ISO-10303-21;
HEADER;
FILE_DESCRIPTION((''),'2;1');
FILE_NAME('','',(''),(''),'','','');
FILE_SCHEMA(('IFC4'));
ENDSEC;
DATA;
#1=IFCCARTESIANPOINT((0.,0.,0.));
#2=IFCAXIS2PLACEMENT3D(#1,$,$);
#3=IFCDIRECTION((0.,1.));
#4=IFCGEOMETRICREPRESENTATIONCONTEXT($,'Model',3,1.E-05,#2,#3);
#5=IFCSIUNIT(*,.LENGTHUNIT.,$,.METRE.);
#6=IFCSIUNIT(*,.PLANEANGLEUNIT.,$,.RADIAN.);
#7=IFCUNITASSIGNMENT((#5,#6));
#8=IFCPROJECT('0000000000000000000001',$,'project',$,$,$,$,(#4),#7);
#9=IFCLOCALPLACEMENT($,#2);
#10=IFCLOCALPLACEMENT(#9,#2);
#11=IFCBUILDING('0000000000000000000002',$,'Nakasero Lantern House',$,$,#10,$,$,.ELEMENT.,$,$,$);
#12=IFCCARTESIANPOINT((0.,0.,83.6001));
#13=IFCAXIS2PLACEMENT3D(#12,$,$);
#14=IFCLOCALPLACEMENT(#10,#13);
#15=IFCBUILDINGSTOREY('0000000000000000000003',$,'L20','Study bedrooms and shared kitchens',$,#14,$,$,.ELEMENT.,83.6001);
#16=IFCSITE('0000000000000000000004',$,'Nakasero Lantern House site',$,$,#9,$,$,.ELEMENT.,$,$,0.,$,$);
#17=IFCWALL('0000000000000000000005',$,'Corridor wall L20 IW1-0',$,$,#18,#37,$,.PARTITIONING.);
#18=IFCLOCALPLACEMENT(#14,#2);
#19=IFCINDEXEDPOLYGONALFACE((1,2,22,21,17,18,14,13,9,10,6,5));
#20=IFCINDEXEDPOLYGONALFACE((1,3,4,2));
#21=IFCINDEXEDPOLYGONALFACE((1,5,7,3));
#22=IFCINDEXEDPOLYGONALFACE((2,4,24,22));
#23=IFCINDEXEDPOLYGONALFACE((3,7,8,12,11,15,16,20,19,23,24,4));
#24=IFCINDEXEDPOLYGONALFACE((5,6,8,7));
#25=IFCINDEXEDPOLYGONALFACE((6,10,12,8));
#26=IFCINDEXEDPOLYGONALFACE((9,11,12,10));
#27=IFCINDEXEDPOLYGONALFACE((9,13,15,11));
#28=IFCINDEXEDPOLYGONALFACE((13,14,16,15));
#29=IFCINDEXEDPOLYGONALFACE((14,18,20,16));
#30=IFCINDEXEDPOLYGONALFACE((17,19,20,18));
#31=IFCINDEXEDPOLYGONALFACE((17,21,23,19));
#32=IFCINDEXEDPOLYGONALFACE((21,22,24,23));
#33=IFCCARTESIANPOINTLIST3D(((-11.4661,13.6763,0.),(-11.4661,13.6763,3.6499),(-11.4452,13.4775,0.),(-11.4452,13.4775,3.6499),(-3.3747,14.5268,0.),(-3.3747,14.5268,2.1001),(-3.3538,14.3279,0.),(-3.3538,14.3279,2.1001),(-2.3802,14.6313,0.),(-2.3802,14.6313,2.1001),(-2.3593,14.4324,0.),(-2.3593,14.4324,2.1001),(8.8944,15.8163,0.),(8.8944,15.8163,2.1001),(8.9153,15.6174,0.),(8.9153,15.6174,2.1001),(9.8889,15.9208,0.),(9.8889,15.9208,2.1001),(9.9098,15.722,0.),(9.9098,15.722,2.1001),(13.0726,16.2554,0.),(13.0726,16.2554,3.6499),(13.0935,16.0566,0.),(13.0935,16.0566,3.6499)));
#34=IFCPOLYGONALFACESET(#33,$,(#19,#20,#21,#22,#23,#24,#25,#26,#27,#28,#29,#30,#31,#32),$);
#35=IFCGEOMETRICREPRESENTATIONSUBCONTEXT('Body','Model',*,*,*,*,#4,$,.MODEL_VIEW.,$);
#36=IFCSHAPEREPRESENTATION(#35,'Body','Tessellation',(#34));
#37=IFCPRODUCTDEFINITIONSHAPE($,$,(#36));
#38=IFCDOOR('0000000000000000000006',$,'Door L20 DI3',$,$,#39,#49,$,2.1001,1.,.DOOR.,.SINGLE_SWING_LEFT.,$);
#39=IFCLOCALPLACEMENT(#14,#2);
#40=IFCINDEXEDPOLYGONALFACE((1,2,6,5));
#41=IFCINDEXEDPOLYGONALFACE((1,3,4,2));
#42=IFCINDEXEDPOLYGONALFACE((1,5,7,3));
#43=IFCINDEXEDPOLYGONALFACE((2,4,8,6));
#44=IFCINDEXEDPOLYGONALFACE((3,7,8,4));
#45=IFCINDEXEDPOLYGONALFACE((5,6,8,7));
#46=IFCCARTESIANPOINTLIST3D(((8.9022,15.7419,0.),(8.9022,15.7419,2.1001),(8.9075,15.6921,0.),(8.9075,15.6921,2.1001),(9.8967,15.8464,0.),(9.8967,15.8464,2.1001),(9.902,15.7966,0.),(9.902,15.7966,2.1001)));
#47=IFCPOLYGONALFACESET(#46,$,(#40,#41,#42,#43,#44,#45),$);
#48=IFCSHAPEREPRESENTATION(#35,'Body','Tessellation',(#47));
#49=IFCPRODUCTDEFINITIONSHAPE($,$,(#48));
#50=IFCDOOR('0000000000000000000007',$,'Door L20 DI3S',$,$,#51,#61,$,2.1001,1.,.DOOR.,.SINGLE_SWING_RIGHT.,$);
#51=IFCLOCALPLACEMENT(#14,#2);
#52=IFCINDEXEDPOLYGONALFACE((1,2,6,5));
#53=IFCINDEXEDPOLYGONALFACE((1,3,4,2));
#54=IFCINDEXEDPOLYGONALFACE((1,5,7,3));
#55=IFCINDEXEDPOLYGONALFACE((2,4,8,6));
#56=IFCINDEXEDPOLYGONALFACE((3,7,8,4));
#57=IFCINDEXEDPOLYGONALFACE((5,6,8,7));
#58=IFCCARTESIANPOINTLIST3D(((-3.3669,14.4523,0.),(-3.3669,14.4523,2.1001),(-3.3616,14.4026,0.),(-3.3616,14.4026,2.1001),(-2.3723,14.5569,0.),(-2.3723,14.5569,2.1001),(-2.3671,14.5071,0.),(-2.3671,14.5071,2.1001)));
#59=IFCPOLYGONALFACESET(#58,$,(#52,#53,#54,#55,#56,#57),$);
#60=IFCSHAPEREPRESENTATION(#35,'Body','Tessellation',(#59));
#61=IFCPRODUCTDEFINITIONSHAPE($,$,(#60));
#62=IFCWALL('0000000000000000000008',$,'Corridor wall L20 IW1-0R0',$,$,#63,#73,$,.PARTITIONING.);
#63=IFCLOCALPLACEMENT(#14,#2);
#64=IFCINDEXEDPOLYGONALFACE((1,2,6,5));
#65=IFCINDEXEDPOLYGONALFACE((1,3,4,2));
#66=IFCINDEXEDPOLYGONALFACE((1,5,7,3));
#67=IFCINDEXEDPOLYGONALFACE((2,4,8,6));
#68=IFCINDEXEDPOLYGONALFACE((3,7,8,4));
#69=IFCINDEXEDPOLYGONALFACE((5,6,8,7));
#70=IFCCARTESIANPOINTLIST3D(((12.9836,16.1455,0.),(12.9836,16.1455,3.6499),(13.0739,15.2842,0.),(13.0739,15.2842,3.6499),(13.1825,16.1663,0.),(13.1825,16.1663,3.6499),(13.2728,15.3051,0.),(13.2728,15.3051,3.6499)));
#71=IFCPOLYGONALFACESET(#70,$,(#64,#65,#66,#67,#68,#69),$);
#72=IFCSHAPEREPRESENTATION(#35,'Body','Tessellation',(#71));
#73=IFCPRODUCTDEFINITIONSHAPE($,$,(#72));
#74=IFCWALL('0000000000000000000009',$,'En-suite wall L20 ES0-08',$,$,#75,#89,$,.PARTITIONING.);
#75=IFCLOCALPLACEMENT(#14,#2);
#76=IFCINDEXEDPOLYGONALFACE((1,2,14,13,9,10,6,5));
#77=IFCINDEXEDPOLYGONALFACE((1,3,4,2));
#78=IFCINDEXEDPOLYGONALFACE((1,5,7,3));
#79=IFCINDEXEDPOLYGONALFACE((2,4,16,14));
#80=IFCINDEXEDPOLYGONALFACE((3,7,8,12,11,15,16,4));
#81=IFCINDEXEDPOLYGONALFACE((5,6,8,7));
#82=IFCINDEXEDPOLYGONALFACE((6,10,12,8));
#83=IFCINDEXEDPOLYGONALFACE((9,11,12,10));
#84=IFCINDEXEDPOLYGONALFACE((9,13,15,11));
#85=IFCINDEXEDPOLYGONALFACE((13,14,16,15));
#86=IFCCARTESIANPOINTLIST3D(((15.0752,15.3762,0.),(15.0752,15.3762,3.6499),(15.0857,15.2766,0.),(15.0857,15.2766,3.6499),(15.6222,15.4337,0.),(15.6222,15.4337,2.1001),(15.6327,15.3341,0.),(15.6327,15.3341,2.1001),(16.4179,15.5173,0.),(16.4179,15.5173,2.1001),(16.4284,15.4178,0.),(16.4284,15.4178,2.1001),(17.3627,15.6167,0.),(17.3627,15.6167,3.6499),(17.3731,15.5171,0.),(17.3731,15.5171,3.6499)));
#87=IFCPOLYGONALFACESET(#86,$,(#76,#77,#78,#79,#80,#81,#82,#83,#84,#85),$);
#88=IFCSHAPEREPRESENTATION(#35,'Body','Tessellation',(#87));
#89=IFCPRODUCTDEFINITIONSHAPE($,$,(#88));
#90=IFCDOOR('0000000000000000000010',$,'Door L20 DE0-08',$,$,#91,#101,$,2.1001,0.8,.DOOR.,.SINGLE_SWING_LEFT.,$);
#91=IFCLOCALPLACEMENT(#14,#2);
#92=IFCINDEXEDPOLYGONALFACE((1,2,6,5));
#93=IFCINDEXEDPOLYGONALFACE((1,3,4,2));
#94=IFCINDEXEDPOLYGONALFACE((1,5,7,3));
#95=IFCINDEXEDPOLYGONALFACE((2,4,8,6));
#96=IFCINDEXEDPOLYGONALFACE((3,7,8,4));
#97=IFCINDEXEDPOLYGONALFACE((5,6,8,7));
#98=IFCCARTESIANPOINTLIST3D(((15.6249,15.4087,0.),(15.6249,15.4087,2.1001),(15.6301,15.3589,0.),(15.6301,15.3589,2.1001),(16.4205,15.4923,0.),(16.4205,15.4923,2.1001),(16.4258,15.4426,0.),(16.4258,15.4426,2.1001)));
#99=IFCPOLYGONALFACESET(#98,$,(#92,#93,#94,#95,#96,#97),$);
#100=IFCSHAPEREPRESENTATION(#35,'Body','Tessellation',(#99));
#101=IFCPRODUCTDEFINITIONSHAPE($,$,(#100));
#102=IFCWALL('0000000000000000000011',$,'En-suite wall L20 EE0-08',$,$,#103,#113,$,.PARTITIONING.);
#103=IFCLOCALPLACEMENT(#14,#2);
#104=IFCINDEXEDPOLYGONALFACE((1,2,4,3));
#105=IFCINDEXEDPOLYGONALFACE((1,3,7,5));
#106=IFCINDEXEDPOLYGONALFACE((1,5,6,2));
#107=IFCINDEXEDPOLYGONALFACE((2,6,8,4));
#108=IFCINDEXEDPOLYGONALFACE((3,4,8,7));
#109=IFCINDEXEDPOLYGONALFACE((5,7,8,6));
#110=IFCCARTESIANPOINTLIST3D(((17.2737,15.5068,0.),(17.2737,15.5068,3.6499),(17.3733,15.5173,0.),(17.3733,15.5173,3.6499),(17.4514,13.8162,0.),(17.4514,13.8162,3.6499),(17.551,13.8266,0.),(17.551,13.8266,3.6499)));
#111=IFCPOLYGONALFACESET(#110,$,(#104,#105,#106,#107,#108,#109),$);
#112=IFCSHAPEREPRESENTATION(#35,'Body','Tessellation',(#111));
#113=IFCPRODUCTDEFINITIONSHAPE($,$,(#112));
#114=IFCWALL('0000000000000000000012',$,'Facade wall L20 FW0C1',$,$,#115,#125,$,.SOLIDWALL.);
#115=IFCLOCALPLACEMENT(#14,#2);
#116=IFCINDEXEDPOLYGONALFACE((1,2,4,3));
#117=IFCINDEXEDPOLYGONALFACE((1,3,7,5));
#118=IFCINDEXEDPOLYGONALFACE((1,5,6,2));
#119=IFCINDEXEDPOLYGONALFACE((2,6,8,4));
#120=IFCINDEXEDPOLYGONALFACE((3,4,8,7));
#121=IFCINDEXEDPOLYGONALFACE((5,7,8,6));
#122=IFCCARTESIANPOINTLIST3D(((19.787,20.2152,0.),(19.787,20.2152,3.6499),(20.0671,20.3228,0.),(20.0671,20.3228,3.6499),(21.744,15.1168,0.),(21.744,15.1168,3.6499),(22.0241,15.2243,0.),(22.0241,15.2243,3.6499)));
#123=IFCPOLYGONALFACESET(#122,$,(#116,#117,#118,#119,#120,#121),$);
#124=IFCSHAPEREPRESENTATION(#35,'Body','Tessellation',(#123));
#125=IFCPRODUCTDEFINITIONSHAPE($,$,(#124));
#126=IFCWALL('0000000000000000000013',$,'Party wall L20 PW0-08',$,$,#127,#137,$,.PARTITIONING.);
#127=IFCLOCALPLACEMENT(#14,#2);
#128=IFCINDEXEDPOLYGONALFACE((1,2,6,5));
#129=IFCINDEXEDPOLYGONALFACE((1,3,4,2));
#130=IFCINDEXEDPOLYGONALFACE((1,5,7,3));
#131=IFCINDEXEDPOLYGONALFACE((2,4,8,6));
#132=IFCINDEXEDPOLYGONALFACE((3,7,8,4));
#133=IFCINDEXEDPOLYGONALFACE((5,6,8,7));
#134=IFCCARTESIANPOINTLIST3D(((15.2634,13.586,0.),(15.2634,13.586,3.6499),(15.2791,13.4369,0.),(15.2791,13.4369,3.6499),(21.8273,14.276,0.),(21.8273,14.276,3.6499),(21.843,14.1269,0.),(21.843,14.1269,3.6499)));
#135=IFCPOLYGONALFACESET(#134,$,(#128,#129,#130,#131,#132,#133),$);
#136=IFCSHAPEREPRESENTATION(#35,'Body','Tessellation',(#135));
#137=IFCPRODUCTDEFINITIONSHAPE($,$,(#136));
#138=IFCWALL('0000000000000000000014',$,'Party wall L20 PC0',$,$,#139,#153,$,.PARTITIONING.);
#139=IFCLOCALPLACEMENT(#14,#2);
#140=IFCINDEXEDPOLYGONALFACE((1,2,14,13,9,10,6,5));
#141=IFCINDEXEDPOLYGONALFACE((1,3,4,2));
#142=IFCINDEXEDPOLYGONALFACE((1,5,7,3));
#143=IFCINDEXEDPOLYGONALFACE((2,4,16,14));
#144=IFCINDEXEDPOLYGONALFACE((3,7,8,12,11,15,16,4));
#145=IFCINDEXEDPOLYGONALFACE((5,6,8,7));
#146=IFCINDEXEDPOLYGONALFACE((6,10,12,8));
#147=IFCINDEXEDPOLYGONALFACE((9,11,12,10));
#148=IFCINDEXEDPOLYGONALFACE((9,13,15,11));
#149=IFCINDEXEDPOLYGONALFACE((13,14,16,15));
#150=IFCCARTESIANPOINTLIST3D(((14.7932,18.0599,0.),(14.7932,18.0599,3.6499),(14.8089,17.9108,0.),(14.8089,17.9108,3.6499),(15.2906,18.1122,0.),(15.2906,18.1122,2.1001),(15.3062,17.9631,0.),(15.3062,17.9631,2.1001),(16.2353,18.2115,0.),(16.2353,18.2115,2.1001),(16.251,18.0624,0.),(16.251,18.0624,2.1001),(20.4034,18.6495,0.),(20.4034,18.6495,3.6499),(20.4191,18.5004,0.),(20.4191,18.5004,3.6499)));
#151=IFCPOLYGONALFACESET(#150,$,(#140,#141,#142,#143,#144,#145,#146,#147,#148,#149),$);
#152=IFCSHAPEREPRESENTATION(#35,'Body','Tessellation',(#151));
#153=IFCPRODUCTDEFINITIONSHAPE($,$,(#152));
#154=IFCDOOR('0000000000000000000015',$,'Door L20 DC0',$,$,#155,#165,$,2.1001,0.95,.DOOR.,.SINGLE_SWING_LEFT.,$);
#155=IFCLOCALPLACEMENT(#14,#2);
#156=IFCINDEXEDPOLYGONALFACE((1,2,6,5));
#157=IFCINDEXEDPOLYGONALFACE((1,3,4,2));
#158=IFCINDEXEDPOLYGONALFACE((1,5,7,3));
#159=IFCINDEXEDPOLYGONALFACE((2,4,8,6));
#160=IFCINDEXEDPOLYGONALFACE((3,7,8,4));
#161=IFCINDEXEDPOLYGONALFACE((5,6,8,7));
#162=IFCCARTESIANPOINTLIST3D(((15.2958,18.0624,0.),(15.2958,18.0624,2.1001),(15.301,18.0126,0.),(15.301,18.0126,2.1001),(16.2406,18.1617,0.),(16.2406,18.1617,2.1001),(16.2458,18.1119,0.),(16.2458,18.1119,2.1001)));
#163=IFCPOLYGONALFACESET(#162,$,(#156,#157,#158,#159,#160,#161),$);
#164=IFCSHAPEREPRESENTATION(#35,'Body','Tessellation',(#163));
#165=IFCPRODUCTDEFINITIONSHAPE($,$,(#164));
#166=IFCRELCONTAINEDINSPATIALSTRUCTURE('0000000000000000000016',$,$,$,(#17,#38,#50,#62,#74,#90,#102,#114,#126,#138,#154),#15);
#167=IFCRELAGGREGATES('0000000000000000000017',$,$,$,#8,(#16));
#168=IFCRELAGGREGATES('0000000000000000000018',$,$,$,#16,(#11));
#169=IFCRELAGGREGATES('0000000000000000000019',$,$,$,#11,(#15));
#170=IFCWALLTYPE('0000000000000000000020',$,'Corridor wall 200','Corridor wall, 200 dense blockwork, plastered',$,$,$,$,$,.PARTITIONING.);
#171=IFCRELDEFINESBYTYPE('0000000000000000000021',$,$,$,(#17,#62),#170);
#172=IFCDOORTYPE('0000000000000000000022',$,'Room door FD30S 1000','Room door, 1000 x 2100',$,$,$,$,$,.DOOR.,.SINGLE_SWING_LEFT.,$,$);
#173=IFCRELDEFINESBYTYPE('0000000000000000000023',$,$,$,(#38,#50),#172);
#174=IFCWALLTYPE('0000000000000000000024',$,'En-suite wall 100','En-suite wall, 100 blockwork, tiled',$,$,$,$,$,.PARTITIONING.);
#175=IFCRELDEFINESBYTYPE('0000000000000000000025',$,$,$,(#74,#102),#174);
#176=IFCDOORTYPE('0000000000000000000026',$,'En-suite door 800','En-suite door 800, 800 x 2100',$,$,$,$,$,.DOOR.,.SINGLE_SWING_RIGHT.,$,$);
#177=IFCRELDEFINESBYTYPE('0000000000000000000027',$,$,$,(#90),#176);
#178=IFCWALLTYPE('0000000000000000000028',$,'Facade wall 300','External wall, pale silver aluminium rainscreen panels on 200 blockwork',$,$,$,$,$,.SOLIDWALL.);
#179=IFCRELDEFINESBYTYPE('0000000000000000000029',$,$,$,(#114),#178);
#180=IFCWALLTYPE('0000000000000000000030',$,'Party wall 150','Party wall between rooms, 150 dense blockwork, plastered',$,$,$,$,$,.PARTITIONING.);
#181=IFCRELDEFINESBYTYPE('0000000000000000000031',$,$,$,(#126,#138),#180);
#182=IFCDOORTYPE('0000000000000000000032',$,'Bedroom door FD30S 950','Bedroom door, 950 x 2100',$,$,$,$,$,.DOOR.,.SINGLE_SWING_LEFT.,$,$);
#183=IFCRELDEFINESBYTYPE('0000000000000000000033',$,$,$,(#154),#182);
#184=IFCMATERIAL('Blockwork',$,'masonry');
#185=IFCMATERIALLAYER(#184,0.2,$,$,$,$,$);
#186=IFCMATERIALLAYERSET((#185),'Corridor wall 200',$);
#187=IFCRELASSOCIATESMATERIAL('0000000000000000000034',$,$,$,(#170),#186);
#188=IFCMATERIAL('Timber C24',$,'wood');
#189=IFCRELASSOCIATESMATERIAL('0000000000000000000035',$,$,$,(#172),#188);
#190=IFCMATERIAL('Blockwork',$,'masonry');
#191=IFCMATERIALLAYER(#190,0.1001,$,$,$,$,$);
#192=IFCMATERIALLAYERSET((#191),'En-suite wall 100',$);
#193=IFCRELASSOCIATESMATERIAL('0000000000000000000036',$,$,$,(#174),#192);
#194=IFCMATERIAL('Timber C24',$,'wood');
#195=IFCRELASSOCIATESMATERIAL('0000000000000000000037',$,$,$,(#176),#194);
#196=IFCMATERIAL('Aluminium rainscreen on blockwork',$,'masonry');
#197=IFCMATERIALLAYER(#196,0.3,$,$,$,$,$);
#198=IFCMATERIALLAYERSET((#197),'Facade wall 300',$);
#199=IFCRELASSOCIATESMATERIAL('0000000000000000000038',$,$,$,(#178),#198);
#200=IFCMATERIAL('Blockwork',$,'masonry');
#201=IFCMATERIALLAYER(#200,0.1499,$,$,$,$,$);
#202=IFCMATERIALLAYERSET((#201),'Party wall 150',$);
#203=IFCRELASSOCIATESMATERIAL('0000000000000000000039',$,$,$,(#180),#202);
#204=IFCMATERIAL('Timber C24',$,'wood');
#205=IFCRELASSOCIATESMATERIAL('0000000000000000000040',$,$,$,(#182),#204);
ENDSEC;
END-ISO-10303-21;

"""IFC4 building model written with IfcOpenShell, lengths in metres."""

from ifc_helpers import new_model, si_unit, direction, frame, frame_2d, origin, place, context, subcontext, project, spatial, rectangle, extrude, material, layer, layer_set, type_object, element, fill, save


model = new_model("IFC4")

# Units and contexts
model_context = context("Model", 3, precision=1e-05, world=origin(), true_north=direction((0.0, 1.0)))
body_context = subcontext(model_context, "Body", "Model", "MODEL_VIEW")
ifc_project = project(units=[si_unit("LENGTHUNIT", "METRE"), si_unit("PLANEANGLEUNIT", "RADIAN")], contexts=[model_context])

# Site, building, storey
site_placement = place(None, origin())
site = spatial("IfcSite", under=ifc_project, at=site_placement, Name="Nakasero Lantern House site", CompositionType="ELEMENT", RefElevation=0.0)
building_placement = place(site_placement, origin())
building = spatial("IfcBuilding", under=site, at=building_placement, Name="Nakasero Lantern House", CompositionType="ELEMENT")
storey_placement = place(building_placement, frame((0.0, 0.0, 83.6001)))
storey = spatial("IfcBuildingStorey", under=building, at=storey_placement, Name="L20", Description="Study bedrooms and shared kitchens", CompositionType="ELEMENT", Elevation=83.6001)

# Wall, openings, doors
ifc_material_1 = material(Name="Blockwork", Category="masonry")
ifc_layer_1 = layer(ifc_material_1, 0.2)
ifc_layer_set_1 = layer_set([ifc_layer_1], Name="Corridor wall 200")
wall_type_1 = type_object("IfcWallType", Name="Corridor wall 200", Description="Corridor wall, 200 dense blockwork, plastered", PredefinedType="PARTITIONING", material=ifc_layer_set_1)
wall_1_placement = place(storey_placement, frame((13.083, 16.156, 0.0), z_axis=(0.0, 0.0, 1.0), x_axis=(-0.994522, -0.104528, 0.0)))
wall_1 = element("IfcWall", 1, at=wall_1_placement, inside=storey, type_object=wall_type_1, Name="Corridor wall L20 IW1-0", PredefinedType="PARTITIONING", context=body_context, shape_type="SweptSolid", body=[
    extrude(rectangle(XDim=24.6738, YDim=0.2, at=frame_2d((12.3369, 0.0))), origin(), (0.0, 0.0, 1.0), 3.6499),
])
opening_1_placement = place(wall_1_placement, frame((3.2012, 0.0, 0.0)))
opening_1 = element("IfcOpeningElement", 2, at=opening_1_placement, cuts=wall_1, PredefinedType="OPENING", context=body_context, shape_type="SweptSolid", body=[
    extrude(rectangle(XDim=1.0, YDim=2.1001, at=frame_2d((0.5, 1.05))), frame((0.0, 0.1199, 0.0), z_axis=(0.0, -1.0, 0.0), x_axis=(1.0, 0.0, 0.0)), (0.0, 0.0, 1.0), 0.24),
])
opening_2_placement = place(wall_1_placement, frame((15.5378, 0.0, 0.0)))
opening_2 = element("IfcOpeningElement", 3, at=opening_2_placement, cuts=wall_1, PredefinedType="OPENING", context=body_context, shape_type="SweptSolid", body=[
    extrude(rectangle(XDim=1.0, YDim=2.1001, at=frame_2d((0.5, 1.05))), frame((0.0, 0.1199, 0.0), z_axis=(0.0, -1.0, 0.0), x_axis=(1.0, 0.0, 0.0)), (0.0, 0.0, 1.0), 0.24),
])
ifc_material_2 = material(Name="Timber C24", Category="wood")
door_type_1 = type_object("IfcDoorType", Name="Room door FD30S 1000", Description="Room door, 1000 x 2100", OperationType="SINGLE_SWING_LEFT", PredefinedType="DOOR", material=ifc_material_2)
door_1_placement = place(opening_1_placement, origin())
door_1 = element("IfcDoor", 4, at=door_1_placement, inside=storey, type_object=door_type_1, Name="Door L20 DI3", OperationType="SINGLE_SWING_LEFT", OverallHeight=2.1001, OverallWidth=1.0, PredefinedType="DOOR", context=body_context, shape_type="SweptSolid", body=[
    extrude(rectangle(XDim=1.0, YDim=2.1001, at=frame_2d((0.5, 1.05))), frame((0.0, 0.0249, 0.0), z_axis=(0.0, -1.0, 0.0), x_axis=(1.0, 0.0, 0.0)), (0.0, 0.0, 1.0), 0.05),
])
fill(opening_1, door_1)
door_2_placement = place(opening_2_placement, origin())
door_2 = element("IfcDoor", 5, at=door_2_placement, inside=storey, type_object=door_type_1, Name="Door L20 DI3S", OperationType="SINGLE_SWING_RIGHT", OverallHeight=2.1001, OverallWidth=1.0, PredefinedType="DOOR", context=body_context, shape_type="SweptSolid", body=[
    extrude(rectangle(XDim=1.0, YDim=2.1001, at=frame_2d((0.5, 1.05))), frame((0.0, 0.0249, 0.0), z_axis=(0.0, -1.0, 0.0), x_axis=(1.0, 0.0, 0.0)), (0.0, 0.0, 1.0), 0.05),
])
fill(opening_2, door_2)

# Wall
wall_2_placement = place(storey_placement, frame((13.083, 16.156, 0.0), z_axis=(0.0, 0.0, 1.0), x_axis=(0.104303, -0.994546, 0.0)))
element("IfcWall", 6, at=wall_2_placement, inside=storey, type_object=wall_type_1, Name="Corridor wall L20 IW1-0R0", PredefinedType="PARTITIONING", context=body_context, shape_type="SweptSolid", body=[
    extrude(rectangle(XDim=0.866, YDim=0.2, at=frame_2d((0.4331, 0.0))), origin(), (0.0, 0.0, 1.0), 3.6499),
])

# Wall, opening, door
ifc_material_3 = material(Name="Blockwork", Category="masonry")
ifc_layer_2 = layer(ifc_material_3, 0.1001)
ifc_layer_set_2 = layer_set([ifc_layer_2], Name="En-suite wall 100")
wall_type_2 = type_object("IfcWallType", Name="En-suite wall 100", Description="En-suite wall, 100 blockwork, tiled", PredefinedType="PARTITIONING", material=ifc_layer_set_2)
wall_3_placement = place(storey_placement, frame((15.0806, 15.3264, 0.0), z_axis=(0.0, 0.0, 1.0), x_axis=(0.994519, 0.104558, 0.0)))
wall_3 = element("IfcWall", 7, at=wall_3_placement, inside=storey, type_object=wall_type_2, Name="En-suite wall L20 ES0-08", PredefinedType="PARTITIONING", context=body_context, shape_type="SweptSolid", body=[
    extrude(rectangle(XDim=2.3, YDim=0.1001, at=frame_2d((1.1499, 0.0))), origin(), (0.0, 0.0, 1.0), 3.6499),
])
opening_3_placement = place(wall_3_placement, frame((0.55, 0.0, 0.0)))
opening_3 = element("IfcOpeningElement", 8, at=opening_3_placement, cuts=wall_3, PredefinedType="OPENING", context=body_context, shape_type="SweptSolid", body=[
    extrude(rectangle(XDim=0.8, YDim=2.1001, at=frame_2d((0.3999, 1.05))), frame((0.0, 0.0701, 0.0), z_axis=(0.0, -1.0, 0.0), x_axis=(1.0, 0.0, 0.0)), (0.0, 0.0, 1.0), 0.1401),
])
ifc_material_4 = material(Name="Timber C24", Category="wood")
door_type_2 = type_object("IfcDoorType", Name="En-suite door 800", Description="En-suite door 800, 800 x 2100", OperationType="SINGLE_SWING_RIGHT", PredefinedType="DOOR", material=ifc_material_4)
door_3_placement = place(opening_3_placement, origin())
door_3 = element("IfcDoor", 9, at=door_3_placement, inside=storey, type_object=door_type_2, Name="Door L20 DE0-08", OperationType="SINGLE_SWING_LEFT", OverallHeight=2.1001, OverallWidth=0.8, PredefinedType="DOOR", context=body_context, shape_type="SweptSolid", body=[
    extrude(rectangle(XDim=0.8, YDim=2.1001, at=frame_2d((0.3999, 1.05))), frame((0.0, 0.0249, 0.0), z_axis=(0.0, -1.0, 0.0), x_axis=(1.0, 0.0, 0.0)), (0.0, 0.0, 1.0), 0.05),
])
fill(opening_3, door_3)

# Walls
wall_4_placement = place(storey_placement, frame((17.5012, 13.8213, 0.0), z_axis=(0.0, 0.0, 1.0), x_axis=(-0.10455, 0.99452, 0.0)))
element("IfcWall", 10, at=wall_4_placement, inside=storey, type_object=wall_type_2, Name="En-suite wall L20 EE0-08", PredefinedType="PARTITIONING", context=body_context, shape_type="SweptSolid", body=[
    extrude(rectangle(XDim=1.7, YDim=0.1001, at=frame_2d((0.8501, 0.0))), origin(), (0.0, 0.0, 1.0), 3.6499),
])
ifc_material_5 = material(Name="Aluminium rainscreen on blockwork", Category="masonry")
ifc_layer_3 = layer(ifc_material_5, 0.3)
ifc_layer_set_3 = layer_set([ifc_layer_3], Name="Facade wall 300")
wall_type_3 = type_object("IfcWallType", Name="Facade wall 300", Description="External wall, pale silver aluminium rainscreen panels on 200 blockwork", PredefinedType="SOLIDWALL", material=ifc_layer_set_3)
wall_5_placement = place(storey_placement, frame((21.884, 15.1707, 0.0), z_axis=(0.0, 0.0, 1.0), x_axis=(-0.358359, 0.933584, 0.0)))
element("IfcWall", 11, at=wall_5_placement, inside=storey, type_object=wall_type_3, Name="Facade wall L20 FW0C1", PredefinedType="SOLIDWALL", context=body_context, shape_type="SweptSolid", body=[
    extrude(rectangle(XDim=5.4612, YDim=0.3, at=frame_2d((2.7305, 0.0))), origin(), (0.0, 0.0, 1.0), 3.6499),
])
ifc_material_6 = material(Name="Blockwork", Category="masonry")
ifc_layer_4 = layer(ifc_material_6, 0.1499)
ifc_layer_set_4 = layer_set([ifc_layer_4], Name="Party wall 150")
wall_type_4 = type_object("IfcWallType", Name="Party wall 150", Description="Party wall between rooms, 150 dense blockwork, plastered", PredefinedType="PARTITIONING", material=ifc_layer_set_4)
wall_6_placement = place(storey_placement, frame((15.2712, 13.5115, 0.0), z_axis=(0.0, 0.0, 1.0), x_axis=(0.994521, 0.104535, 0.0)))
element("IfcWall", 12, at=wall_6_placement, inside=storey, type_object=wall_type_4, Name="Party wall L20 PW0-08", PredefinedType="PARTITIONING", context=body_context, shape_type="SweptSolid", body=[
    extrude(rectangle(XDim=6.6001, YDim=0.1499, at=frame_2d((3.3, 0.0))), origin(), (0.0, 0.0, 1.0), 3.6499),
])

# Wall, opening, door
wall_7_placement = place(storey_placement, frame((14.801, 17.9854, 0.0), z_axis=(0.0, 0.0, 1.0), x_axis=(0.994523, 0.10452, 0.0)))
wall_7 = element("IfcWall", 13, at=wall_7_placement, inside=storey, type_object=wall_type_4, Name="Party wall L20 PC0", PredefinedType="PARTITIONING", context=body_context, shape_type="SweptSolid", body=[
    extrude(rectangle(XDim=5.6411, YDim=0.1499, at=frame_2d((2.8206, 0.0))), origin(), (0.0, 0.0, 1.0), 3.6499),
])
opening_4_placement = place(wall_7_placement, frame((0.5, 0.0, 0.0)))
opening_4 = element("IfcOpeningElement", 14, at=opening_4_placement, cuts=wall_7, PredefinedType="OPENING", context=body_context, shape_type="SweptSolid", body=[
    extrude(rectangle(XDim=0.95, YDim=2.1001, at=frame_2d((0.4751, 1.05))), frame((0.0, 0.095, 0.0), z_axis=(0.0, -1.0, 0.0), x_axis=(1.0, 0.0, 0.0)), (0.0, 0.0, 1.0), 0.1899),
])
ifc_material_7 = material(Name="Timber C24", Category="wood")
door_type_3 = type_object("IfcDoorType", Name="Bedroom door FD30S 950", Description="Bedroom door, 950 x 2100", OperationType="SINGLE_SWING_LEFT", PredefinedType="DOOR", material=ifc_material_7)
door_4_placement = place(opening_4_placement, origin())
door_4 = element("IfcDoor", 15, at=door_4_placement, inside=storey, type_object=door_type_3, Name="Door L20 DC0", OperationType="SINGLE_SWING_LEFT", OverallHeight=2.1001, OverallWidth=0.95, PredefinedType="DOOR", context=body_context, shape_type="SweptSolid", body=[
    extrude(rectangle(XDim=0.95, YDim=2.1001, at=frame_2d((0.4751, 1.05))), frame((0.0, 0.0249, 0.0), z_axis=(0.0, -1.0, 0.0), x_axis=(1.0, 0.0, 0.0)), (0.0, 0.0, 1.0), 0.05),
])
fill(opening_4, door_4)

save(model, "model.ifc")
